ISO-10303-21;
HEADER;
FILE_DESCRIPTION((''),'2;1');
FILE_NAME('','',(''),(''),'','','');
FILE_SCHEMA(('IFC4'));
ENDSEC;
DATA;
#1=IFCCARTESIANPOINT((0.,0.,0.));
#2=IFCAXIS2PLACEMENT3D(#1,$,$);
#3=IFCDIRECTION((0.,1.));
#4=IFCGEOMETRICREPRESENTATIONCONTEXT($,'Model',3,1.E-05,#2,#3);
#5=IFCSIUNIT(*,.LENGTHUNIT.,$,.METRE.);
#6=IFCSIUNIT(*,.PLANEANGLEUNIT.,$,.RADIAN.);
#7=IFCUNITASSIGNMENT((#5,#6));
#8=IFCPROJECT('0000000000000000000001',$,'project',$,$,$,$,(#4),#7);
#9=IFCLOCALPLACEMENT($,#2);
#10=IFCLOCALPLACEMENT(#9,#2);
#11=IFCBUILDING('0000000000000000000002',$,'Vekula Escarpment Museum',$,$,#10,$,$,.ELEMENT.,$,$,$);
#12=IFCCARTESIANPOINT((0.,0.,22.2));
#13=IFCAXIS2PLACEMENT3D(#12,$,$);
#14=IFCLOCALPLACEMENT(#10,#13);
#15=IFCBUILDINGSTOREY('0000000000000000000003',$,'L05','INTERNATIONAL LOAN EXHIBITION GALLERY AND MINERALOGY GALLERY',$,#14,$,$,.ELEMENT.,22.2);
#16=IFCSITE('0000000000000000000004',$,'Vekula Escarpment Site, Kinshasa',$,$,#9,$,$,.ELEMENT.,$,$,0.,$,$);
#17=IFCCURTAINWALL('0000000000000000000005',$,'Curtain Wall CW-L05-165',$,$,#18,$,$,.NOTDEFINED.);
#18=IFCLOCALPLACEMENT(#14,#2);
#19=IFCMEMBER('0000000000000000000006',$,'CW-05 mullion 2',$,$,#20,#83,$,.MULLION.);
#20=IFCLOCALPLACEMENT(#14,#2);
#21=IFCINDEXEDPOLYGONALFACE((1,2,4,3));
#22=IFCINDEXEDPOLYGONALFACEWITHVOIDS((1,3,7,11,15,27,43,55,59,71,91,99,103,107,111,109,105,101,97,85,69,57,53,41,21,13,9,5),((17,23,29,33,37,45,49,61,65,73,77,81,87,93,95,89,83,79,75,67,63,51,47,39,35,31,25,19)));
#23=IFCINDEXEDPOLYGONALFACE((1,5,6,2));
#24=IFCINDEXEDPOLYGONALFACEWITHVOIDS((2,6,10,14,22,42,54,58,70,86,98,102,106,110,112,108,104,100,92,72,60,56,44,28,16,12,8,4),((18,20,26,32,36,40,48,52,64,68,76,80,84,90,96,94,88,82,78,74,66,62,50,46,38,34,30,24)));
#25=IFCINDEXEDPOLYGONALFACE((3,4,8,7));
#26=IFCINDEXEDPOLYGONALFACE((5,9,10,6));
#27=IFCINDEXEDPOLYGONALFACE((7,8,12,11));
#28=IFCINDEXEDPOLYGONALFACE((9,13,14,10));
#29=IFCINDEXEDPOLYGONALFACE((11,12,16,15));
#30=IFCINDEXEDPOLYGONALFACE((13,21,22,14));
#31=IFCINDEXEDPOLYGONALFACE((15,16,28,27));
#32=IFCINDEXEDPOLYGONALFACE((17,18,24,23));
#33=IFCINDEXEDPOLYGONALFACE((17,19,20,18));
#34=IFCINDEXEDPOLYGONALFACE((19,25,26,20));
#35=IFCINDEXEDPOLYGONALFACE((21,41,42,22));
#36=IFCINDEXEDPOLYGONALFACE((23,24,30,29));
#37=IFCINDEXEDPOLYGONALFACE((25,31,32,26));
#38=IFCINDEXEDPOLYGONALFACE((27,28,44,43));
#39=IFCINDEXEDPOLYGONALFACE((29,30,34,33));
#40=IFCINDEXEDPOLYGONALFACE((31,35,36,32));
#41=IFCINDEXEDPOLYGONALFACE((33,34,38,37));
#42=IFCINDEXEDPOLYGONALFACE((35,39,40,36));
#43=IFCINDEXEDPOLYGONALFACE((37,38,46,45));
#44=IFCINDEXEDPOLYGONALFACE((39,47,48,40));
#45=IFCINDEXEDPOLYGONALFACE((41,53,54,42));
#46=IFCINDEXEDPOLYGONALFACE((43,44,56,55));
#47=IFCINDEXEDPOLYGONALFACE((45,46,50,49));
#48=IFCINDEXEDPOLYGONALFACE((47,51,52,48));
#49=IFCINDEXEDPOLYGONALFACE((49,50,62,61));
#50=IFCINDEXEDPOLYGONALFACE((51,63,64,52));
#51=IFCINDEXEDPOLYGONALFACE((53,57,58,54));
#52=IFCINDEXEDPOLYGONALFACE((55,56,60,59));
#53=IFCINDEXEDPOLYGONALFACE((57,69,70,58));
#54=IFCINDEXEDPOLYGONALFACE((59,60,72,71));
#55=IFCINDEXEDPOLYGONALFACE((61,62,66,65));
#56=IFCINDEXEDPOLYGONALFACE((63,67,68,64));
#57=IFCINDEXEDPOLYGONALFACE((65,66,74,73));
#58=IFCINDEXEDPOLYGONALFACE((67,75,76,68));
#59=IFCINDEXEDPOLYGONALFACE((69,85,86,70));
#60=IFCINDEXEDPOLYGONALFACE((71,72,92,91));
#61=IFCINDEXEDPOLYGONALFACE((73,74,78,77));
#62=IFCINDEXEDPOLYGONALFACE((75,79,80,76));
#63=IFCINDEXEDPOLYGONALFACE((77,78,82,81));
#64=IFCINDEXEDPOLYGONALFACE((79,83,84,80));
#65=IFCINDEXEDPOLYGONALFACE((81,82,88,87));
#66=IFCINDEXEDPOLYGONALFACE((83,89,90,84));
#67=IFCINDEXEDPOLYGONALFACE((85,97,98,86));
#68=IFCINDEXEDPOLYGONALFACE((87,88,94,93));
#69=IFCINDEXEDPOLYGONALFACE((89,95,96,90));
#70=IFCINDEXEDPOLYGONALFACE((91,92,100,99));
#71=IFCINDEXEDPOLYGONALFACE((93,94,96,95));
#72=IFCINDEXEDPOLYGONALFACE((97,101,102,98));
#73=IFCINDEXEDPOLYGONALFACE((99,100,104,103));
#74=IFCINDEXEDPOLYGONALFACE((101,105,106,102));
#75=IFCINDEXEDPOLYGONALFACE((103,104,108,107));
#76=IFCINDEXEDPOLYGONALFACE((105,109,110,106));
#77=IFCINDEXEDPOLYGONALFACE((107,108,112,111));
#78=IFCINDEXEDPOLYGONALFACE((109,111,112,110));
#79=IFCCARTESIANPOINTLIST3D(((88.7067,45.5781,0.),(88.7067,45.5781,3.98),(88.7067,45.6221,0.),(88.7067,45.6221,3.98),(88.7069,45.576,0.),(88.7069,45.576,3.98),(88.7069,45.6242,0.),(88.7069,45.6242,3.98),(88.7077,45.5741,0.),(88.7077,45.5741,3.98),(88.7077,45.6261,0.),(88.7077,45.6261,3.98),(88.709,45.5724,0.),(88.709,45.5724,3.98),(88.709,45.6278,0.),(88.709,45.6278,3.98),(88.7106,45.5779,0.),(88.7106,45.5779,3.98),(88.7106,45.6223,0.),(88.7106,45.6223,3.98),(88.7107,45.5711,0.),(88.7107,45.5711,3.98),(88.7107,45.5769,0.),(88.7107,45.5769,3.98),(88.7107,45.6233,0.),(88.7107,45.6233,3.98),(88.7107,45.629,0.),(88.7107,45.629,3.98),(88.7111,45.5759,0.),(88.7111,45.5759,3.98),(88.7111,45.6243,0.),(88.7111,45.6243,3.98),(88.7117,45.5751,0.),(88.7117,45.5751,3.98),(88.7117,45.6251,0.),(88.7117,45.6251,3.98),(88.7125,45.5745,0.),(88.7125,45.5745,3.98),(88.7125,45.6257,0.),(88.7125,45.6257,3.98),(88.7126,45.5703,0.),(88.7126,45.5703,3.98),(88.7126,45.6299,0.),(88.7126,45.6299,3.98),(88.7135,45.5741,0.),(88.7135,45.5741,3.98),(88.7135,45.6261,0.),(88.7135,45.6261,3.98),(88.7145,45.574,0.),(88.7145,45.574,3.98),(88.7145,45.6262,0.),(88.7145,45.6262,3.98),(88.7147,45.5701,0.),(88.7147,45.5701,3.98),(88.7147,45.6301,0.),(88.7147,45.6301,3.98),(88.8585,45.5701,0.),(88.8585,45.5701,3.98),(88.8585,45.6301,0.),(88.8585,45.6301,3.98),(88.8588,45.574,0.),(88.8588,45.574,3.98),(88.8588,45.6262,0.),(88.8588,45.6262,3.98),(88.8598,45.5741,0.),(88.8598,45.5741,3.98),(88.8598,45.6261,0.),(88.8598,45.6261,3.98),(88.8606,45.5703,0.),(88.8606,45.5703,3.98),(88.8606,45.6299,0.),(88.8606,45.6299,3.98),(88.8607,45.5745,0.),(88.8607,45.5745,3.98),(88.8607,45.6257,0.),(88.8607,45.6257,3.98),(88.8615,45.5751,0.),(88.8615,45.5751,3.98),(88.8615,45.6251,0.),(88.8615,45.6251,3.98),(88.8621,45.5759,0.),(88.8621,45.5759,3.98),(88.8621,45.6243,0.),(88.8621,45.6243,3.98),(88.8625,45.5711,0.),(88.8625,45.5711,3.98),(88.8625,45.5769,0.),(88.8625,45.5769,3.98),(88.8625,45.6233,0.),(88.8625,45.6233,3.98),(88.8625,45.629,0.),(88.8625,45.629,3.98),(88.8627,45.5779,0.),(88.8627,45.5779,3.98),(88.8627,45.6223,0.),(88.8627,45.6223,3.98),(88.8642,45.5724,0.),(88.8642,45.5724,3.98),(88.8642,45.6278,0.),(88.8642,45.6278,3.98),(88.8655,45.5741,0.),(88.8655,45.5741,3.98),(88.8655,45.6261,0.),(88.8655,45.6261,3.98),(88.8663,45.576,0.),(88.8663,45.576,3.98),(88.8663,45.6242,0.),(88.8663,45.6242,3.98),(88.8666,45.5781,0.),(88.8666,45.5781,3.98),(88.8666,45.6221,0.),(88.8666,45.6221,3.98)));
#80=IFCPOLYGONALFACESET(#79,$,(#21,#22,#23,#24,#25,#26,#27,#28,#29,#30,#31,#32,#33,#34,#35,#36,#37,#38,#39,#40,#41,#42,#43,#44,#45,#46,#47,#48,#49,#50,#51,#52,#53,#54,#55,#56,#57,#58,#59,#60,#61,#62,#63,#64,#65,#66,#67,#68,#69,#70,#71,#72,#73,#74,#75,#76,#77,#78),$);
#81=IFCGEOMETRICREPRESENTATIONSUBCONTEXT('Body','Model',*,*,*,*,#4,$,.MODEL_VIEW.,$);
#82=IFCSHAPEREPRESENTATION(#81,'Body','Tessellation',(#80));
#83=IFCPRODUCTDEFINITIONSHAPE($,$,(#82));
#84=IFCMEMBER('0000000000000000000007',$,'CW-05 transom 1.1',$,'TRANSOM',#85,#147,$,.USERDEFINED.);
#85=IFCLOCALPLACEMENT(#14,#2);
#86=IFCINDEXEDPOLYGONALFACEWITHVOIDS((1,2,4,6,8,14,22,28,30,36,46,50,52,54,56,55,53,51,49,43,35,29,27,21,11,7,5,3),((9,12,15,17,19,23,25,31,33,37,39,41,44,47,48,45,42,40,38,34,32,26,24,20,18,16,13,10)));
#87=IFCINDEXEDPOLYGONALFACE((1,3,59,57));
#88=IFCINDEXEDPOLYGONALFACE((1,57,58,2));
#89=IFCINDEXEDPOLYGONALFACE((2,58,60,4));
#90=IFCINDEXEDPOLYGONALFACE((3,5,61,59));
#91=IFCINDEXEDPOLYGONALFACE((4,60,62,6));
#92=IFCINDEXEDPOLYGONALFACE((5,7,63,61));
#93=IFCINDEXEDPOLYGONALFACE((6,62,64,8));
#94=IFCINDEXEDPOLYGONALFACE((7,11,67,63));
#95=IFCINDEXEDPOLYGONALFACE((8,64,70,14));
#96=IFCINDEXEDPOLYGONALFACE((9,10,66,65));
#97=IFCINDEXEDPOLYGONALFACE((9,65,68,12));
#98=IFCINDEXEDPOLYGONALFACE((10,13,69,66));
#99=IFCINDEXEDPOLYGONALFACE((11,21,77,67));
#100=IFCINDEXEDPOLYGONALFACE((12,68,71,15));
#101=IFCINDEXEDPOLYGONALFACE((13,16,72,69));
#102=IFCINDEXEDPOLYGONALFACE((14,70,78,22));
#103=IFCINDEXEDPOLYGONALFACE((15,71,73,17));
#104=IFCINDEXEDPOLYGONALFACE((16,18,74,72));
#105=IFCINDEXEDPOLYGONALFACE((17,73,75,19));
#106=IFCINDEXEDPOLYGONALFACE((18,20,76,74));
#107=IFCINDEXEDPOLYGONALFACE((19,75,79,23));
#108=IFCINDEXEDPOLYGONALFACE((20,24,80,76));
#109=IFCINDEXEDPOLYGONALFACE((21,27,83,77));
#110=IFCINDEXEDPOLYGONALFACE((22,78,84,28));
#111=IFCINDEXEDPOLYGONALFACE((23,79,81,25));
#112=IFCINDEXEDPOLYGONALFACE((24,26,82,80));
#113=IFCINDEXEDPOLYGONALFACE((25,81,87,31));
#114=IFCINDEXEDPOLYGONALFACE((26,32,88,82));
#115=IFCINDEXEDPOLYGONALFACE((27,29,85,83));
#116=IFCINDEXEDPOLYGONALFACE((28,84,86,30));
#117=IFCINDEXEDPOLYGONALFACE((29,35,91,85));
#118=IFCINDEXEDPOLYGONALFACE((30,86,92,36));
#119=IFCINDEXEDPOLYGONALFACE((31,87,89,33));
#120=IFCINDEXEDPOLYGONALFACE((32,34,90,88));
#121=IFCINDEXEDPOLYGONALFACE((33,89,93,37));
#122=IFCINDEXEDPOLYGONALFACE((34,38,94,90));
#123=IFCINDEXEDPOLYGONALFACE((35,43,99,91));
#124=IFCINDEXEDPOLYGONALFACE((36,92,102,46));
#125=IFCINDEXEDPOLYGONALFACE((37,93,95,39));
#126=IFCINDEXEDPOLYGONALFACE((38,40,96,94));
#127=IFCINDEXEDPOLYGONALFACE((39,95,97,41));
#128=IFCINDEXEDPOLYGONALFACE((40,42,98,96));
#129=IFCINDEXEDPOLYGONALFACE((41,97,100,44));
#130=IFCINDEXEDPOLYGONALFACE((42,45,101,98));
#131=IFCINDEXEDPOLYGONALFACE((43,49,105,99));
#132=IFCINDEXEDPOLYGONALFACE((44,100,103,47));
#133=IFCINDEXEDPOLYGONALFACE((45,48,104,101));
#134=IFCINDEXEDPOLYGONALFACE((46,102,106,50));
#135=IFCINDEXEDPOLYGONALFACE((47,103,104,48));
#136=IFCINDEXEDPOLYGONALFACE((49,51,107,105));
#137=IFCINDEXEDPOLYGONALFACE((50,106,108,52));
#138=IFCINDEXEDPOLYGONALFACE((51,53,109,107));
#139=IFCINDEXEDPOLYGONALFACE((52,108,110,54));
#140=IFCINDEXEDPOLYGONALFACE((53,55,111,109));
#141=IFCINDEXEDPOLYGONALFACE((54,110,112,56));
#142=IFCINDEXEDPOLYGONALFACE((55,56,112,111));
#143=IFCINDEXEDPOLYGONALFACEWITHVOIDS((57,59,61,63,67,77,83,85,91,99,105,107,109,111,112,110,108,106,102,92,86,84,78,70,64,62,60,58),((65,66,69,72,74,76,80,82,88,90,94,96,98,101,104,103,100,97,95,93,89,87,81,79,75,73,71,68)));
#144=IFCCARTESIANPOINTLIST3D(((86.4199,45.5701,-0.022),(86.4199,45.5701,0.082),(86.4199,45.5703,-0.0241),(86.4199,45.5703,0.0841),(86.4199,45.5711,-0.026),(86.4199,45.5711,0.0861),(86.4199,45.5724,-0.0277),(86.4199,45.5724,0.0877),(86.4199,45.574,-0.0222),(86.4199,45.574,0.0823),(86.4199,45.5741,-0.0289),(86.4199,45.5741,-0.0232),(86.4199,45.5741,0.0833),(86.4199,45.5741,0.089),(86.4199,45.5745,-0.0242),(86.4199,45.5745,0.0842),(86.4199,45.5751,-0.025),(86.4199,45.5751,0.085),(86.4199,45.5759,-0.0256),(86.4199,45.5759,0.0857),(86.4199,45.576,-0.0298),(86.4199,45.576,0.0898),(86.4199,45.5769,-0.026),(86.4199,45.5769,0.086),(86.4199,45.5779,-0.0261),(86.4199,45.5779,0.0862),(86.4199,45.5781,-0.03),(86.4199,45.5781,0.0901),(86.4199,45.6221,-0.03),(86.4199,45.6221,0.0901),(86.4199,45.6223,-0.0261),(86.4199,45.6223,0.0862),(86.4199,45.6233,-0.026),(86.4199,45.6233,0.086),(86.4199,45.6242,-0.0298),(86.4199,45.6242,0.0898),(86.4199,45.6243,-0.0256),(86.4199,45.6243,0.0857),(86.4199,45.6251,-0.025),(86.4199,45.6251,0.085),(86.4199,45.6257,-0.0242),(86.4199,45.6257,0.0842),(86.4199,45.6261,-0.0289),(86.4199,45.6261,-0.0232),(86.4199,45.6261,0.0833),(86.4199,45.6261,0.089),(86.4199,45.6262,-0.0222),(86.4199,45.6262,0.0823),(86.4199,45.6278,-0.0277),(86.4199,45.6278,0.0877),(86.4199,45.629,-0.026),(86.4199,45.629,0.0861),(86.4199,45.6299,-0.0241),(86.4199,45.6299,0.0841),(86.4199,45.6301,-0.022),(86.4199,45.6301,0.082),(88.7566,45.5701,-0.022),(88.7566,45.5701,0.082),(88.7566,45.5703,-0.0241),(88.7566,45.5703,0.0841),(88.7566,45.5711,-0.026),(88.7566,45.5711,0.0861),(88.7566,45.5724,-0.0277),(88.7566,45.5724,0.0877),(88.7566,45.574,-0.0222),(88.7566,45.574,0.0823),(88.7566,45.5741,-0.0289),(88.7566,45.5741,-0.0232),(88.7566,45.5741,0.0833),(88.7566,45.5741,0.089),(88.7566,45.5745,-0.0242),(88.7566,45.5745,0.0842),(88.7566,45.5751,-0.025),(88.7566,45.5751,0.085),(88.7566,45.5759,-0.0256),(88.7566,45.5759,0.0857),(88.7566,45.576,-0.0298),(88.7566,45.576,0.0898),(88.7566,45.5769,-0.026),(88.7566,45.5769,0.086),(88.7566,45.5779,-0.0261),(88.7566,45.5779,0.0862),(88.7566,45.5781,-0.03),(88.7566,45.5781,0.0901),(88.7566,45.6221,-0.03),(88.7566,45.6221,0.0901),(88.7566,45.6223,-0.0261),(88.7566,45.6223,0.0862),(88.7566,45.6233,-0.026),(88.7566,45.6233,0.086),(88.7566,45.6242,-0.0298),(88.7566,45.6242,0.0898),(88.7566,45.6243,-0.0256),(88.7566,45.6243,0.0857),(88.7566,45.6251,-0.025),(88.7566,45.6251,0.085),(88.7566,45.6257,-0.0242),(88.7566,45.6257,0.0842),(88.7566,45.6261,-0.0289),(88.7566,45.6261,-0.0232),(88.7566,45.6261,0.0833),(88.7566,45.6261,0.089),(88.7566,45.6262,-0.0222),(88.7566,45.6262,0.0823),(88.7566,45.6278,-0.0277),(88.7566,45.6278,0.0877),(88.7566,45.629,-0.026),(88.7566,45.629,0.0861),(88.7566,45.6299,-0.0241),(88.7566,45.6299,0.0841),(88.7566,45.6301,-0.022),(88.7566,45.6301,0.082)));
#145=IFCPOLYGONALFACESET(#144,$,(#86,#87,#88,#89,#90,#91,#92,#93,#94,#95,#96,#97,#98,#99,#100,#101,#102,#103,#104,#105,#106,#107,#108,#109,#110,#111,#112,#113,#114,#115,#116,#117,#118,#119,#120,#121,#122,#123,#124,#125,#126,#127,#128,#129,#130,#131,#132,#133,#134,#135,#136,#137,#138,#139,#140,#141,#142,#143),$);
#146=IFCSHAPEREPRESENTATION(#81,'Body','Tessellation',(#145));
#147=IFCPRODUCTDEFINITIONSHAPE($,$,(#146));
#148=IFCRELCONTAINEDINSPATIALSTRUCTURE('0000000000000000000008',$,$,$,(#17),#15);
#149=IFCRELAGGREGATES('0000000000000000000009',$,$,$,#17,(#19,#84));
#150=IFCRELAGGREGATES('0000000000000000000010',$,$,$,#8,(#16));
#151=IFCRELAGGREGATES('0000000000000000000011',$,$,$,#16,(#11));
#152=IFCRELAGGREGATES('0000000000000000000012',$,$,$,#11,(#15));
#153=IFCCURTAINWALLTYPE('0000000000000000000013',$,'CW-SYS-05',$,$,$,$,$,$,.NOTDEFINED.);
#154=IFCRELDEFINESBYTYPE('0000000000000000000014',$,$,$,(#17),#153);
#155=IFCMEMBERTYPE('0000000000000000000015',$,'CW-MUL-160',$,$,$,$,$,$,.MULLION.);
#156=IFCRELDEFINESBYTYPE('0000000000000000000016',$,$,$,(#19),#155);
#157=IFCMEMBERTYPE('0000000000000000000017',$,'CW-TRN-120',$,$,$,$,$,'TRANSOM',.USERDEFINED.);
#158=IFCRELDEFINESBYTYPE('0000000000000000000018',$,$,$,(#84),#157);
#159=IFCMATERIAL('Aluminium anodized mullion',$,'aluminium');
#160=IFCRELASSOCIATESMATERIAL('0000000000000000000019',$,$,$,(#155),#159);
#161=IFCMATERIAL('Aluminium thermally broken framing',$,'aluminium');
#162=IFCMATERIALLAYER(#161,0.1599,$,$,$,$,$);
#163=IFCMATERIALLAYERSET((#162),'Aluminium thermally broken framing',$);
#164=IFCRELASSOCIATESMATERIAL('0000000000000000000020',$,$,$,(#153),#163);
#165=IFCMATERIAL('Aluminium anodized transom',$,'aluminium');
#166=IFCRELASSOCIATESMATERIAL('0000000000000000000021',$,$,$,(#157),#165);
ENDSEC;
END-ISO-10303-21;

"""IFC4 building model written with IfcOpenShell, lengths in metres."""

from ifc_helpers import new_model, si_unit, direction, frame, origin, origin_2d, place, context, subcontext, project, spatial, hollow_rectangle, extrude, material, layer, layer_set, material_profile, profile_set, type_object, element, aggregate, save


model = new_model("IFC4")

# Units and contexts
model_context = context("Model", 3, precision=1e-05, world=origin(), true_north=direction((0.0, 1.0)))
body_context = subcontext(model_context, "Body", "Model", "MODEL_VIEW")
ifc_project = project(units=[si_unit("LENGTHUNIT", "METRE"), si_unit("PLANEANGLEUNIT", "RADIAN")], contexts=[model_context])

# Site, building, storey
site_placement = place(None, origin())
site = spatial("IfcSite", under=ifc_project, at=site_placement, Name="Vekula Escarpment Site, Kinshasa", CompositionType="ELEMENT", RefElevation=0.0)
building_placement = place(site_placement, origin())
building = spatial("IfcBuilding", under=site, at=building_placement, Name="Vekula Escarpment Museum", CompositionType="ELEMENT")
storey_placement = place(building_placement, frame((0.0, 0.0, 22.2)))
storey = spatial("IfcBuildingStorey", under=building, at=storey_placement, Name="L05", Description="INTERNATIONAL LOAN EXHIBITION GALLERY AND MINERALOGY GALLERY", CompositionType="ELEMENT", Elevation=22.2)

# Shared definitions
ifc_material_1 = material(Name="Aluminium anodized mullion", Category="aluminium")
ifc_material_profile_1 = material_profile(ifc_material_1, hollow_rectangle(XDim=0.0601, YDim=0.1599, WallThickness=0.0039, InnerFilletRadius=0.0039, OuterFilletRadius=0.0081, at=origin_2d()), Name="ALU 160x60x4")
ifc_profile_set_1 = profile_set([ifc_material_profile_1], Name="Aluminium anodized mullion")
member_type_1 = type_object("IfcMemberType", Name="CW-MUL-160", PredefinedType="MULLION", material=ifc_profile_set_1)

# Curtain wall, members
ifc_material_2 = material(Name="Aluminium thermally broken framing", Category="aluminium")
ifc_layer_1 = layer(ifc_material_2, 0.1599)
ifc_layer_set_1 = layer_set([ifc_layer_1], Name="Aluminium thermally broken framing")
curtain_wall_type_1 = type_object("IfcCurtainWallType", Name="CW-SYS-05", PredefinedType="NOTDEFINED", material=ifc_layer_set_1)
curtain_wall_1_placement = place(storey_placement, origin())
curtain_wall_1 = element("IfcCurtainWall", 1, at=curtain_wall_1_placement, inside=storey, type_object=curtain_wall_type_1, Name="Curtain Wall CW-L05-165", PredefinedType="NOTDEFINED")
member_1_placement = place(storey_placement, frame((88.7866, 45.6001, 0.0), z_axis=(0.0, 0.0, 1.0), x_axis=(0.0, 1.0, 0.0)))
member_1 = element("IfcMember", 2, at=member_1_placement, type_object=member_type_1, Name="CW-05 mullion 2", PredefinedType="MULLION", context=body_context, shape_type="SweptSolid", body=[
    extrude(hollow_rectangle(XDim=0.0601, YDim=0.1599, WallThickness=0.0039, InnerFilletRadius=0.0039, OuterFilletRadius=0.0081, at=origin_2d()), origin(), (0.0, 0.0, 1.0), 3.98),
])
ifc_material_3 = material(Name="Aluminium anodized transom", Category="aluminium")
ifc_material_profile_2 = material_profile(ifc_material_3, hollow_rectangle(XDim=0.0601, YDim=0.1201, WallThickness=0.0039, InnerFilletRadius=0.0039, OuterFilletRadius=0.0081, at=origin_2d()), Name="ALU 120x60x4")
ifc_profile_set_2 = profile_set([ifc_material_profile_2], Name="Aluminium anodized transom")
member_type_2 = type_object("IfcMemberType", Name="CW-TRN-120", ElementType="TRANSOM", PredefinedType="USERDEFINED", material=ifc_profile_set_2)
member_2_placement = place(storey_placement, frame((86.4199, 45.6001, 0.03), z_axis=(1.0, 0.0, 0.0), x_axis=(0.0, 1.0, 0.0)))
member_2 = element("IfcMember", 3, at=member_2_placement, type_object=member_type_2, Name="CW-05 transom 1.1", ObjectType="TRANSOM", PredefinedType="USERDEFINED", context=body_context, shape_type="SweptSolid", body=[
    extrude(hollow_rectangle(XDim=0.0601, YDim=0.1201, WallThickness=0.0039, InnerFilletRadius=0.0039, OuterFilletRadius=0.0081, at=origin_2d()), origin(), (0.0, 0.0, 1.0), 2.3367),
])

aggregate(curtain_wall_1, [member_1, member_2])

save(model, "model.ifc")
